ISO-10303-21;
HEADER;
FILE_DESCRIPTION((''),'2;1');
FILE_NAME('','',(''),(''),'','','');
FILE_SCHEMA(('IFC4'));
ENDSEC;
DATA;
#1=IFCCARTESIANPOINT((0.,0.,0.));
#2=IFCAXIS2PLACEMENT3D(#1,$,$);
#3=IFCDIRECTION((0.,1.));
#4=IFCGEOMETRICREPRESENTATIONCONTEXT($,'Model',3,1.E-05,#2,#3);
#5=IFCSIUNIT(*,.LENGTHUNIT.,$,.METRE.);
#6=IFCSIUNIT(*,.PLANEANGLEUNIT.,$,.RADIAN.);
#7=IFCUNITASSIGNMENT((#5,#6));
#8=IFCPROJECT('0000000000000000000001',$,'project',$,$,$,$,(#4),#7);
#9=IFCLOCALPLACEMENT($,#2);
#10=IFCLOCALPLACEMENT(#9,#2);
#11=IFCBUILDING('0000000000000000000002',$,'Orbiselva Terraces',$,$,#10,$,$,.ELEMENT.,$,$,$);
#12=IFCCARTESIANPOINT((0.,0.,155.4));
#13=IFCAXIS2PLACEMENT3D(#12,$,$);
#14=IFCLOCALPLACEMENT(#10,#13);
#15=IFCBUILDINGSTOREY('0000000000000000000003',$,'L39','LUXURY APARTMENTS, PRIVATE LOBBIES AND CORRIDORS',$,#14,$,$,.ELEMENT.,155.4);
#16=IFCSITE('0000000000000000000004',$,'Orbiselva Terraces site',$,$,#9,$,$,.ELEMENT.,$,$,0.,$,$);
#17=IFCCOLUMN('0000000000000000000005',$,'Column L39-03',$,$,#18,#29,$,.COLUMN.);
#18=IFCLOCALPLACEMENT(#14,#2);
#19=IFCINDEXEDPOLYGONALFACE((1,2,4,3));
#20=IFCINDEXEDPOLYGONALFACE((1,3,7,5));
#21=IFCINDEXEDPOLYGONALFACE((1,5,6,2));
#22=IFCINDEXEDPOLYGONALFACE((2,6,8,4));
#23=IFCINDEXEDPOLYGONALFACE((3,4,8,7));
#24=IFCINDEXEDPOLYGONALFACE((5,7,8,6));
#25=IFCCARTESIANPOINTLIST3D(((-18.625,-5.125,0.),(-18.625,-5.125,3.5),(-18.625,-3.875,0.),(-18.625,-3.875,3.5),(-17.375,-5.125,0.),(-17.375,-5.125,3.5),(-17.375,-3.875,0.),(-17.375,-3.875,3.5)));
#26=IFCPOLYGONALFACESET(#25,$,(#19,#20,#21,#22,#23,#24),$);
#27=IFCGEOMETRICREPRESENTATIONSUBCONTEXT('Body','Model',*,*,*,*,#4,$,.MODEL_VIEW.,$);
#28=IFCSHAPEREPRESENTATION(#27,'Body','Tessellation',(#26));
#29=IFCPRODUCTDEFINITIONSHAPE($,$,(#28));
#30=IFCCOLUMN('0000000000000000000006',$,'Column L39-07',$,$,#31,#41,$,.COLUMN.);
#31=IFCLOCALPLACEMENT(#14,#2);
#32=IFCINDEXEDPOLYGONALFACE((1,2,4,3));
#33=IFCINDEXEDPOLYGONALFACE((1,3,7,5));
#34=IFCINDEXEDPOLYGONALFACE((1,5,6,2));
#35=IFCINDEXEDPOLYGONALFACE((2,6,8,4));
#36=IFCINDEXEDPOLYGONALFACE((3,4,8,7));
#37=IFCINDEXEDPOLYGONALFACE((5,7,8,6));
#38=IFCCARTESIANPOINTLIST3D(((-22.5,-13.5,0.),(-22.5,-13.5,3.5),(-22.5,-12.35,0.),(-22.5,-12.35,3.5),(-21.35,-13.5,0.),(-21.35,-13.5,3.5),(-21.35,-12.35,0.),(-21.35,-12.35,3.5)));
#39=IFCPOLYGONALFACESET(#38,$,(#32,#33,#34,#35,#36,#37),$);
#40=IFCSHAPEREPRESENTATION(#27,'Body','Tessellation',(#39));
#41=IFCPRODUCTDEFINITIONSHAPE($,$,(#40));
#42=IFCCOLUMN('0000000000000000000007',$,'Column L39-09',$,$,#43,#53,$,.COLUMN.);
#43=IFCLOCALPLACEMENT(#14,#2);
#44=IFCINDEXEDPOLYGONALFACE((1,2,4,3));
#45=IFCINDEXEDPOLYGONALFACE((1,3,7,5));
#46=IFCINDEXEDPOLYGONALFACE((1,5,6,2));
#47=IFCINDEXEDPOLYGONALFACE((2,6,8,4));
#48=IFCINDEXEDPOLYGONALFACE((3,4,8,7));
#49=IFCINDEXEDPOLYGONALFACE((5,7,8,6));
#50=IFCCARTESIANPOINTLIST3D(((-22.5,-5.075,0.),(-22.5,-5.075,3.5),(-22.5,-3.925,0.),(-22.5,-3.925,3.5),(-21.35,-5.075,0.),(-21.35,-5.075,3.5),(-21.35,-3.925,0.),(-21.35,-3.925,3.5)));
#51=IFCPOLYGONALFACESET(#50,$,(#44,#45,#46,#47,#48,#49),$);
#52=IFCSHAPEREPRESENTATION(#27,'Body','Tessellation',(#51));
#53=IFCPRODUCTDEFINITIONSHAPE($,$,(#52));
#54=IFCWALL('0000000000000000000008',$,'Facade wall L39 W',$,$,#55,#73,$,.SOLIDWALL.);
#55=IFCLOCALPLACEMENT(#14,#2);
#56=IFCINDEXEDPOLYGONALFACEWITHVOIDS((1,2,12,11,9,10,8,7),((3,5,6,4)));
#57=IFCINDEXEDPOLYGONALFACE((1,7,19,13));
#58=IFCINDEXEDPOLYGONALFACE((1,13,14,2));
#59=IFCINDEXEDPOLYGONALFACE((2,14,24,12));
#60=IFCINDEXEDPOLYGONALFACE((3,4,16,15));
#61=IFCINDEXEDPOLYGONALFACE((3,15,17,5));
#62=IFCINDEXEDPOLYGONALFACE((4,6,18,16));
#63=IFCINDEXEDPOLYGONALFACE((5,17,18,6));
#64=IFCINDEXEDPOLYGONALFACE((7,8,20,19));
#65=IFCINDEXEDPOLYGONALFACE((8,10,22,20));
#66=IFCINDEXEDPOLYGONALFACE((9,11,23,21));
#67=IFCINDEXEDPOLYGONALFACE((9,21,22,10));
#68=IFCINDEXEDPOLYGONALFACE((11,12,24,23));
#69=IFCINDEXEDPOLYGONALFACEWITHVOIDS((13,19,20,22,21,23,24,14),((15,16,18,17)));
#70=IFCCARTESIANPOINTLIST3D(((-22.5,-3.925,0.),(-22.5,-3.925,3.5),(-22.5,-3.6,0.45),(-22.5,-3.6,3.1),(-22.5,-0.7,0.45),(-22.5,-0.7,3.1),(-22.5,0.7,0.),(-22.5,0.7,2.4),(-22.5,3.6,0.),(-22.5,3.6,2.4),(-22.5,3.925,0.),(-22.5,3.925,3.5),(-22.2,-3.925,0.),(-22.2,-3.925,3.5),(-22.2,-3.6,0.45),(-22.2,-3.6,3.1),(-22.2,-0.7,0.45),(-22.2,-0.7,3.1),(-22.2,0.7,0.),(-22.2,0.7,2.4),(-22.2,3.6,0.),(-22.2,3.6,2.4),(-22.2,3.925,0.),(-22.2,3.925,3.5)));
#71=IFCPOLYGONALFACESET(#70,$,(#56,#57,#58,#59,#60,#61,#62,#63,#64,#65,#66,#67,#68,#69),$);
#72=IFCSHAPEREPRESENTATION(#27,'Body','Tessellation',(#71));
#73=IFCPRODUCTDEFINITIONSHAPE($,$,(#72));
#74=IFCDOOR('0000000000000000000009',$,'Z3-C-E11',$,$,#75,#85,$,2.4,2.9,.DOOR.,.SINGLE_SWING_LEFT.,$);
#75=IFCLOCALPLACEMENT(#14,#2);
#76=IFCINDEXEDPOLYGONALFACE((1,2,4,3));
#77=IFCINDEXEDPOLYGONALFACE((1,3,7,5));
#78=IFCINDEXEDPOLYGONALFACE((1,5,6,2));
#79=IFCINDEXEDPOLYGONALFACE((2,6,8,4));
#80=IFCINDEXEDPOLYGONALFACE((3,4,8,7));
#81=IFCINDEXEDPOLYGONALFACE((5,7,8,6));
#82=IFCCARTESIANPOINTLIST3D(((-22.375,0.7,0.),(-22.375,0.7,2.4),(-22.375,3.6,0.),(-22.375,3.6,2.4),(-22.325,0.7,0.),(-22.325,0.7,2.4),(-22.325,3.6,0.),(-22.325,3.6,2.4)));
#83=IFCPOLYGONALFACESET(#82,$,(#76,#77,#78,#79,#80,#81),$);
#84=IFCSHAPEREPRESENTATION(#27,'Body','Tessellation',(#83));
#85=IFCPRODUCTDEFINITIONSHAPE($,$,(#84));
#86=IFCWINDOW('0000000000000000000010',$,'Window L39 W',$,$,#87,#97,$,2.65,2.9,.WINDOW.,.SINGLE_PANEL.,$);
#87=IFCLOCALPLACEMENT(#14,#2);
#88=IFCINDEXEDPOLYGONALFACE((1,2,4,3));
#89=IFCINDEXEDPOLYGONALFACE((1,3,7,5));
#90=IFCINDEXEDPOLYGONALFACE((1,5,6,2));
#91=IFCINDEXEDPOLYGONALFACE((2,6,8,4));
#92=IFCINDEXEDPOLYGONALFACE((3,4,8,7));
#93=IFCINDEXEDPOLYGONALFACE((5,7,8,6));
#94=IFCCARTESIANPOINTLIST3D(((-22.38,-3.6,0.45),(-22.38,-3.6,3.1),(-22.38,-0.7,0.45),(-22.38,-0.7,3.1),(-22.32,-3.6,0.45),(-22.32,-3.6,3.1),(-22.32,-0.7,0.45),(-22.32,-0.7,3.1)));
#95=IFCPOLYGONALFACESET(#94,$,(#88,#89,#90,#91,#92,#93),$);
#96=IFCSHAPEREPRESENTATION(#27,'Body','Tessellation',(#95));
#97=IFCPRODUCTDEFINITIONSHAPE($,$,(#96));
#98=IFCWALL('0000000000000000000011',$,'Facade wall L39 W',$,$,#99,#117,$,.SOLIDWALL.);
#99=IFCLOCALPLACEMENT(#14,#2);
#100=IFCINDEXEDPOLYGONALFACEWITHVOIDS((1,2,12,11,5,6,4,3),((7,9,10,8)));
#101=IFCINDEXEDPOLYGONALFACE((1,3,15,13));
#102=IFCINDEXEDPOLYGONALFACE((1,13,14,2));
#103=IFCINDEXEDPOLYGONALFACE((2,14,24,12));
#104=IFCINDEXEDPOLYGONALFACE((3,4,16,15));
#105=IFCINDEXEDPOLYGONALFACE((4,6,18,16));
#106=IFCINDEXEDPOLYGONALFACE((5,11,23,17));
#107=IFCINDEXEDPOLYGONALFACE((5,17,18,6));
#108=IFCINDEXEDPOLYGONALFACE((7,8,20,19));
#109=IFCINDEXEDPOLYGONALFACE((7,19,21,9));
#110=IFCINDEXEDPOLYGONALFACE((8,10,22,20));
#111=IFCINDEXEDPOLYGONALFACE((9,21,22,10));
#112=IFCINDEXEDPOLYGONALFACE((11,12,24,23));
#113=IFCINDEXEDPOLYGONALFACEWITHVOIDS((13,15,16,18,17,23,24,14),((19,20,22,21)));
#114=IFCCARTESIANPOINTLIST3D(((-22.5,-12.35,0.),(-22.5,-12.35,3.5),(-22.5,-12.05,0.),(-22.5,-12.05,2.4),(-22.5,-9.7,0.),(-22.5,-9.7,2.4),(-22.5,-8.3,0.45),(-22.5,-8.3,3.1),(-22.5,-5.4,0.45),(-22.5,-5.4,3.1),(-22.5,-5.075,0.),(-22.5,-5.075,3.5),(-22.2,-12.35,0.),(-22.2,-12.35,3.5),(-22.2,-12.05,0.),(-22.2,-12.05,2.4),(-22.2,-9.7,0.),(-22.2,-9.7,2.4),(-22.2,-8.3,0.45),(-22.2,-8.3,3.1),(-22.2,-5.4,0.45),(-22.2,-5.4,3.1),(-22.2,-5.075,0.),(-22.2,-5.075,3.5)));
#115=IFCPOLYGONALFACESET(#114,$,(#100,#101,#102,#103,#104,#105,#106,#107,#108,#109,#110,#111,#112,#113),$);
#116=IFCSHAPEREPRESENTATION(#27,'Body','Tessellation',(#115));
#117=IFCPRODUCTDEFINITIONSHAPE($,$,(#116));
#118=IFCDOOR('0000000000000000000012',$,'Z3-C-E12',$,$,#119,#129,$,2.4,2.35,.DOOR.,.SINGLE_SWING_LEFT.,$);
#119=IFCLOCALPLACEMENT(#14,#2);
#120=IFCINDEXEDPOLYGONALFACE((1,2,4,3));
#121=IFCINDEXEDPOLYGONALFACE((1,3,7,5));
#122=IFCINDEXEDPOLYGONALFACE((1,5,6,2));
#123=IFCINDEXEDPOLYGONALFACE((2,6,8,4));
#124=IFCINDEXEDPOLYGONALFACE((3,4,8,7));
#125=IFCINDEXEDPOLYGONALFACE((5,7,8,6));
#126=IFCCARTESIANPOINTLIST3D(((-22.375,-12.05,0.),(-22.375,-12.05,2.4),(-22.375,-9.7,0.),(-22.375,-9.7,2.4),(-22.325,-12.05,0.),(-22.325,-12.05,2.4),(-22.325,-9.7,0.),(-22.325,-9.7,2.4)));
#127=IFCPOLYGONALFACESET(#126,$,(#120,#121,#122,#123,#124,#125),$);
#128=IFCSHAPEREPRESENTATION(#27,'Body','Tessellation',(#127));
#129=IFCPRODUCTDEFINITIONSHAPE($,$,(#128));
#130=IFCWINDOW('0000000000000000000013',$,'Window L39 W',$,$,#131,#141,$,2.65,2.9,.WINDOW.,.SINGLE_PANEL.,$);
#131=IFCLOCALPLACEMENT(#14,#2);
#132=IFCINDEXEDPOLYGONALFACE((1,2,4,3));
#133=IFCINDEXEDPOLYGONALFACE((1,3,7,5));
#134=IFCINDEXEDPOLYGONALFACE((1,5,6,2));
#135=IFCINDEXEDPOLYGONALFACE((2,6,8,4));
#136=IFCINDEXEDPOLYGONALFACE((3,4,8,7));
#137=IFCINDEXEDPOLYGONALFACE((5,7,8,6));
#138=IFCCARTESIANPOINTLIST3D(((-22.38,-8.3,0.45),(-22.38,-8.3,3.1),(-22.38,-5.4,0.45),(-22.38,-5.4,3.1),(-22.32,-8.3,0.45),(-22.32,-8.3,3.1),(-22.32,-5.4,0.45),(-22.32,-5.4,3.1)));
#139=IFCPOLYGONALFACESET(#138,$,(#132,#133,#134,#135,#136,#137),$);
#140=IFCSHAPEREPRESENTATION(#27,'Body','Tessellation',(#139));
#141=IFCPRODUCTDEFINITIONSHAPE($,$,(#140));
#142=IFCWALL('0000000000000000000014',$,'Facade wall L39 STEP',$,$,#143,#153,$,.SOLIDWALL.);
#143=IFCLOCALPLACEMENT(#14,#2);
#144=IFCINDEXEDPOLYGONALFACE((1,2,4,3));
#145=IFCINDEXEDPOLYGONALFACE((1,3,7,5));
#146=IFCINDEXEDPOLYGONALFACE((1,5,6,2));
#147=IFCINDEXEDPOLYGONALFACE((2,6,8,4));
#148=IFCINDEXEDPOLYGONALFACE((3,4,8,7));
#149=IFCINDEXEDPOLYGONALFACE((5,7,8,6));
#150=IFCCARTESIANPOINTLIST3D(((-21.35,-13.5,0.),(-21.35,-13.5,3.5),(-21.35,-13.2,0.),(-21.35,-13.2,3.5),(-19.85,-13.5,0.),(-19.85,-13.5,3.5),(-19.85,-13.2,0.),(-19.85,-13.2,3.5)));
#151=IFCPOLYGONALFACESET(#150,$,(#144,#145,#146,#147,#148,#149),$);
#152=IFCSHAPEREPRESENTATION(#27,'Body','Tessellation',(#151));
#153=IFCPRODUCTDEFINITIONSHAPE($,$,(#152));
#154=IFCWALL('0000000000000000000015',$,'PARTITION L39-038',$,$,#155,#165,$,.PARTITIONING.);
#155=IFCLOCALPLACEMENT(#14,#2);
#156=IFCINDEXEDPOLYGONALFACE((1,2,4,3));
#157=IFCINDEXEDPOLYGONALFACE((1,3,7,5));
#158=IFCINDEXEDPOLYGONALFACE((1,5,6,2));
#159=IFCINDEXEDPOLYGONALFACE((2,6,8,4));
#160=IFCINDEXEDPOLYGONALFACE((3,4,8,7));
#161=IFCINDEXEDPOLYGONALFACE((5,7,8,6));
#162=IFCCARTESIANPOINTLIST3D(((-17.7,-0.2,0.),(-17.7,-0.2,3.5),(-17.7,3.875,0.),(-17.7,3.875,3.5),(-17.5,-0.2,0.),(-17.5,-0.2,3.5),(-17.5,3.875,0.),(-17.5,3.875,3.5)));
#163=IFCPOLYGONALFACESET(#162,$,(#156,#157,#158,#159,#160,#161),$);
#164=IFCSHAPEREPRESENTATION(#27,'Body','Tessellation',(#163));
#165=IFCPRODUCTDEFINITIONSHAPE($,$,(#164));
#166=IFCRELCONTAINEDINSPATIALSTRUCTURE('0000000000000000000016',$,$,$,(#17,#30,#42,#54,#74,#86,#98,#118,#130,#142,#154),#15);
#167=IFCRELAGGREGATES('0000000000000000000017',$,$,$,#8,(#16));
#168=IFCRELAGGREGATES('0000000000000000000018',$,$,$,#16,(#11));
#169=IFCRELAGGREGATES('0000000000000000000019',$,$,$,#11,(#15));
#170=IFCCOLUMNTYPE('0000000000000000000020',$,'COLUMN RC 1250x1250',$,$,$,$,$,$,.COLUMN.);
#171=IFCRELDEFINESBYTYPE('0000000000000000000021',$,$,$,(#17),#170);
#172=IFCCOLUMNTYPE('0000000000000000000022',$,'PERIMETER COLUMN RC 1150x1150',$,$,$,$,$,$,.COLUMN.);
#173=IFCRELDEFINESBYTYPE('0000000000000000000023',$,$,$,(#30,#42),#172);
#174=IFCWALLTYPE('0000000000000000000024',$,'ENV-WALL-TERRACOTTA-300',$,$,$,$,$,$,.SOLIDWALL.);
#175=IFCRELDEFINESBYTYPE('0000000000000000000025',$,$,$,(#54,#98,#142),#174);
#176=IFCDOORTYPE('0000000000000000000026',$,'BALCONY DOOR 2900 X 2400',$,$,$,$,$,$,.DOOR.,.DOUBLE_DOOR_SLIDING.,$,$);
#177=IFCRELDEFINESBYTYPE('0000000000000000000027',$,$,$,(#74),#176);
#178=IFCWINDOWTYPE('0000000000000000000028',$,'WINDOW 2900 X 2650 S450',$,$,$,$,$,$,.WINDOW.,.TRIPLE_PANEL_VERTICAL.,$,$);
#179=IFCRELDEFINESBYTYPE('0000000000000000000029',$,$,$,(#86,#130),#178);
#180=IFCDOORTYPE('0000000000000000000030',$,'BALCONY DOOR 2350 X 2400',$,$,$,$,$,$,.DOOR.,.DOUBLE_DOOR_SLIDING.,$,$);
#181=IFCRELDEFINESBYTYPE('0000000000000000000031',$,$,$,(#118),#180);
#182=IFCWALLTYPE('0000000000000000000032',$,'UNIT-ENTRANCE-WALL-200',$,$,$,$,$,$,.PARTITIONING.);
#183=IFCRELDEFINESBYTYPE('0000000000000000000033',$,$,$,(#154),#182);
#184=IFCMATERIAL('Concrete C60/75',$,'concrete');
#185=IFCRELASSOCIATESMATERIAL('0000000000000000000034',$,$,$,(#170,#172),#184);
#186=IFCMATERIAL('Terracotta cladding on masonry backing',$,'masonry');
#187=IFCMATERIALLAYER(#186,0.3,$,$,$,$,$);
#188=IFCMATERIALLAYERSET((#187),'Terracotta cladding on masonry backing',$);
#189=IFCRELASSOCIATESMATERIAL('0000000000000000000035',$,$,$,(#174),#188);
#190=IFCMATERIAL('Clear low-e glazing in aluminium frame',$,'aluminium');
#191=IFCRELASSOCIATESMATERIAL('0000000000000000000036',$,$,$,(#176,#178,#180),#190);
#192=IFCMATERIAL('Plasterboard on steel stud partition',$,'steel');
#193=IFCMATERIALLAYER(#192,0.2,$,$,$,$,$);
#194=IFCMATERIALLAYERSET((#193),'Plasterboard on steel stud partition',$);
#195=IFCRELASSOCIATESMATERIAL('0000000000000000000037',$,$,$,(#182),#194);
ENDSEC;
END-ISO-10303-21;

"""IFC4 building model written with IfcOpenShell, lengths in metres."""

from ifc_helpers import new_model, si_unit, direction, frame, frame_2d, origin, origin_2d, place, context, subcontext, project, spatial, rectangle, extrude, material, layer, layer_set, material_profile, profile_set, type_object, element, fill, save


model = new_model("IFC4")

# Units and contexts
model_context = context("Model", 3, precision=1e-05, world=origin(), true_north=direction((0.0, 1.0)))
body_context = subcontext(model_context, "Body", "Model", "MODEL_VIEW")
ifc_project = project(units=[si_unit("LENGTHUNIT", "METRE"), si_unit("PLANEANGLEUNIT", "RADIAN")], contexts=[model_context])

# Site, building, storey
site_placement = place(None, origin())
site = spatial("IfcSite", under=ifc_project, at=site_placement, Name="Orbiselva Terraces site", CompositionType="ELEMENT", RefElevation=0.0)
building_placement = place(site_placement, origin())
building = spatial("IfcBuilding", under=site, at=building_placement, Name="Orbiselva Terraces", CompositionType="ELEMENT")
storey_placement = place(building_placement, frame((0.0, 0.0, 155.4)))
storey = spatial("IfcBuildingStorey", under=building, at=storey_placement, Name="L39", Description="LUXURY APARTMENTS, PRIVATE LOBBIES AND CORRIDORS", CompositionType="ELEMENT", Elevation=155.4)

# Columns
ifc_material_1 = material(Name="Concrete C60/75", Category="concrete")
ifc_material_profile_1 = material_profile(ifc_material_1, rectangle(XDim=1.25, YDim=1.25, at=origin_2d()), Name="RC 1250x1250")
ifc_profile_set_1 = profile_set([ifc_material_profile_1], Name="Concrete C60/75")
column_type_1 = type_object("IfcColumnType", Name="COLUMN RC 1250x1250", PredefinedType="COLUMN", material=ifc_profile_set_1)
column_placement = place(storey_placement, frame((-18.0, -4.5, 0.0), z_axis=(0.0, 0.0, 1.0), x_axis=(1.0, 0.0, 0.0)))
element("IfcColumn", 1, at=column_placement, inside=storey, type_object=column_type_1, Name="Column L39-03", PredefinedType="COLUMN", context=body_context, shape_type="SweptSolid", body=[
    extrude(rectangle(XDim=1.25, YDim=1.25, at=origin_2d()), origin(), (0.0, 0.0, 1.0), 3.5),
])
ifc_material_profile_2 = material_profile(ifc_material_1, rectangle(XDim=1.15, YDim=1.15, at=origin_2d()), Name="RC 1150x1150")
ifc_profile_set_2 = profile_set([ifc_material_profile_2], Name="Concrete C60/75")
column_type_2 = type_object("IfcColumnType", Name="PERIMETER COLUMN RC 1150x1150", PredefinedType="COLUMN", material=ifc_profile_set_2)
for number, where, z_axis, x_axis, name in (
    (2, (-21.925, -12.925, 0.0), (0.0, 0.0, 1.0), (1.0, 0.0, 0.0), "Column L39-07"),
    (3, (-21.925, -4.5, 0.0), (0.0, 0.0, 1.0), (1.0, 0.0, 0.0), "Column L39-09"),
):
    element("IfcColumn", number, at=place(storey_placement, frame(where, z_axis=z_axis, x_axis=x_axis)), inside=storey, type_object=column_type_2, Name=name, PredefinedType="COLUMN", context=body_context, shape_type="SweptSolid", body=[
        extrude(rectangle(XDim=1.15, YDim=1.15, at=origin_2d()), origin(), (0.0, 0.0, 1.0), 3.5),
    ])

# Walls, openings, doors, windows
ifc_material_2 = material(Name="Terracotta cladding on masonry backing", Category="masonry")
ifc_layer_1 = layer(ifc_material_2, 0.3)
ifc_layer_set_1 = layer_set([ifc_layer_1], Name="Terracotta cladding on masonry backing")
wall_type_1 = type_object("IfcWallType", Name="ENV-WALL-TERRACOTTA-300", PredefinedType="SOLIDWALL", material=ifc_layer_set_1)
wall_1_placement = place(storey_placement, frame((-22.35, -3.925, 0.0), z_axis=(0.0, 0.0, 1.0), x_axis=(0.0, 1.0, 0.0)))
wall_1 = element("IfcWall", 4, at=wall_1_placement, inside=storey, type_object=wall_type_1, Name="Facade wall L39 W", PredefinedType="SOLIDWALL", context=body_context, shape_type="SweptSolid", body=[
    extrude(rectangle(XDim=7.85, YDim=0.3, at=frame_2d((3.925, 0.0))), origin(), (0.0, 0.0, 1.0), 3.5),
])
opening_1_placement = place(wall_1_placement, frame((4.625, 0.0, 0.0)))
opening_1 = element("IfcOpeningElement", 5, at=opening_1_placement, cuts=wall_1, PredefinedType="OPENING", context=body_context, shape_type="SweptSolid", body=[
    extrude(rectangle(XDim=2.9, YDim=2.4, at=frame_2d((1.45, 1.2))), frame((0.0, 0.16, 0.0), z_axis=(0.0, -1.0, 0.0), x_axis=(1.0, 0.0, 0.0)), (0.0, 0.0, 1.0), 0.32),
])
opening_2_placement = place(wall_1_placement, frame((0.325, 0.0, 0.45)))
opening_2 = element("IfcOpeningElement", 6, at=opening_2_placement, cuts=wall_1, PredefinedType="OPENING", context=body_context, shape_type="SweptSolid", body=[
    extrude(rectangle(XDim=2.9, YDim=2.65, at=frame_2d((1.45, 1.325))), frame((0.0, 0.16, 0.0), z_axis=(0.0, -1.0, 0.0), x_axis=(1.0, 0.0, 0.0)), (0.0, 0.0, 1.0), 0.32),
])
ifc_material_3 = material(Name="Clear low-e glazing in aluminium frame", Category="aluminium")
door_type_1 = type_object("IfcDoorType", Name="BALCONY DOOR 2900 X 2400", OperationType="DOUBLE_DOOR_SLIDING", PredefinedType="DOOR", material=ifc_material_3)
door_1_placement = place(opening_1_placement, origin())
door_1 = element("IfcDoor", 7, at=door_1_placement, inside=storey, type_object=door_type_1, Name="Z3-C-E11", OperationType="SINGLE_SWING_LEFT", OverallHeight=2.4, OverallWidth=2.9, PredefinedType="DOOR", context=body_context, shape_type="SweptSolid", body=[
    extrude(rectangle(XDim=2.9, YDim=2.4, at=frame_2d((1.45, 1.2))), frame((0.0, 0.025, 0.0), z_axis=(0.0, -1.0, 0.0), x_axis=(1.0, 0.0, 0.0)), (0.0, 0.0, 1.0), 0.05),
])
fill(opening_1, door_1)
window_type = type_object("IfcWindowType", Name="WINDOW 2900 X 2650 S450", PartitioningType="TRIPLE_PANEL_VERTICAL", PredefinedType="WINDOW", material=ifc_material_3)
window_1_placement = place(opening_2_placement, origin())
window_1 = element("IfcWindow", 8, at=window_1_placement, inside=storey, type_object=window_type, Name="Window L39 W", OverallHeight=2.65, OverallWidth=2.9, PartitioningType="SINGLE_PANEL", PredefinedType="WINDOW", context=body_context, shape_type="SweptSolid", body=[
    extrude(rectangle(XDim=2.9, YDim=2.65, at=frame_2d((1.45, 1.325))), frame((0.0, 0.03, 0.0), z_axis=(0.0, -1.0, 0.0), x_axis=(1.0, 0.0, 0.0)), (0.0, 0.0, 1.0), 0.06),
])
fill(opening_2, window_1)
wall_2_placement = place(storey_placement, frame((-22.35, -12.35, 0.0), z_axis=(0.0, 0.0, 1.0), x_axis=(0.0, 1.0, 0.0)))
wall_2 = element("IfcWall", 9, at=wall_2_placement, inside=storey, type_object=wall_type_1, Name="Facade wall L39 W", PredefinedType="SOLIDWALL", context=body_context, shape_type="SweptSolid", body=[
    extrude(rectangle(XDim=7.275, YDim=0.3, at=frame_2d((3.6375, 0.0))), origin(), (0.0, 0.0, 1.0), 3.5),
])
opening_3_placement = place(wall_2_placement, frame((4.05, 0.0, 0.45)))
opening_3 = element("IfcOpeningElement", 10, at=opening_3_placement, cuts=wall_2, PredefinedType="OPENING", context=body_context, shape_type="SweptSolid", body=[
    extrude(rectangle(XDim=2.9, YDim=2.65, at=frame_2d((1.45, 1.325))), frame((0.0, 0.16, 0.0), z_axis=(0.0, -1.0, 0.0), x_axis=(1.0, 0.0, 0.0)), (0.0, 0.0, 1.0), 0.32),
])
opening_4_placement = place(wall_2_placement, frame((0.3, 0.0, 0.0)))
opening_4 = element("IfcOpeningElement", 11, at=opening_4_placement, cuts=wall_2, PredefinedType="OPENING", context=body_context, shape_type="SweptSolid", body=[
    extrude(rectangle(XDim=2.35, YDim=2.4, at=frame_2d((1.175, 1.2))), frame((0.0, 0.16, 0.0), z_axis=(0.0, -1.0, 0.0), x_axis=(1.0, 0.0, 0.0)), (0.0, 0.0, 1.0), 0.32),
])
door_type_2 = type_object("IfcDoorType", Name="BALCONY DOOR 2350 X 2400", OperationType="DOUBLE_DOOR_SLIDING", PredefinedType="DOOR", material=ifc_material_3)
door_2_placement = place(opening_4_placement, origin())
door_2 = element("IfcDoor", 12, at=door_2_placement, inside=storey, type_object=door_type_2, Name="Z3-C-E12", OperationType="SINGLE_SWING_LEFT", OverallHeight=2.4, OverallWidth=2.35, PredefinedType="DOOR", context=body_context, shape_type="SweptSolid", body=[
    extrude(rectangle(XDim=2.35, YDim=2.4, at=frame_2d((1.175, 1.2))), frame((0.0, 0.025, 0.0), z_axis=(0.0, -1.0, 0.0), x_axis=(1.0, 0.0, 0.0)), (0.0, 0.0, 1.0), 0.05),
])
fill(opening_4, door_2)
window_2_placement = place(opening_3_placement, origin())
window_2 = element("IfcWindow", 13, at=window_2_placement, inside=storey, type_object=window_type, Name="Window L39 W", OverallHeight=2.65, OverallWidth=2.9, PartitioningType="SINGLE_PANEL", PredefinedType="WINDOW", context=body_context, shape_type="SweptSolid", body=[
    extrude(rectangle(XDim=2.9, YDim=2.65, at=frame_2d((1.45, 1.325))), frame((0.0, 0.03, 0.0), z_axis=(0.0, -1.0, 0.0), x_axis=(1.0, 0.0, 0.0)), (0.0, 0.0, 1.0), 0.06),
])
fill(opening_3, window_2)

# Walls
wall_3_placement = place(storey_placement, frame((-19.85, -13.35, 0.0), z_axis=(0.0, 0.0, 1.0), x_axis=(-1.0, 0.0, 0.0)))
element("IfcWall", 14, at=wall_3_placement, inside=storey, type_object=wall_type_1, Name="Facade wall L39 STEP", PredefinedType="SOLIDWALL", context=body_context, shape_type="SweptSolid", body=[
    extrude(rectangle(XDim=1.5, YDim=0.3, at=frame_2d((0.75, 0.0))), origin(), (0.0, 0.0, 1.0), 3.5),
])
ifc_material_4 = material(Name="Plasterboard on steel stud partition", Category="steel")
ifc_layer_2 = layer(ifc_material_4, 0.2)
ifc_layer_set_2 = layer_set([ifc_layer_2], Name="Plasterboard on steel stud partition")
wall_type_2 = type_object("IfcWallType", Name="UNIT-ENTRANCE-WALL-200", PredefinedType="PARTITIONING", material=ifc_layer_set_2)
wall_4_placement = place(storey_placement, frame((-17.6, -0.2, 0.0), z_axis=(0.0, 0.0, 1.0), x_axis=(0.0, 1.0, 0.0)))
element("IfcWall", 15, at=wall_4_placement, inside=storey, type_object=wall_type_2, Name="PARTITION L39-038", PredefinedType="PARTITIONING", context=body_context, shape_type="SweptSolid", body=[
    extrude(rectangle(XDim=4.075, YDim=0.2, at=frame_2d((2.0375, 0.0))), origin(), (0.0, 0.0, 1.0), 3.5),
])

save(model, "model.ifc")
